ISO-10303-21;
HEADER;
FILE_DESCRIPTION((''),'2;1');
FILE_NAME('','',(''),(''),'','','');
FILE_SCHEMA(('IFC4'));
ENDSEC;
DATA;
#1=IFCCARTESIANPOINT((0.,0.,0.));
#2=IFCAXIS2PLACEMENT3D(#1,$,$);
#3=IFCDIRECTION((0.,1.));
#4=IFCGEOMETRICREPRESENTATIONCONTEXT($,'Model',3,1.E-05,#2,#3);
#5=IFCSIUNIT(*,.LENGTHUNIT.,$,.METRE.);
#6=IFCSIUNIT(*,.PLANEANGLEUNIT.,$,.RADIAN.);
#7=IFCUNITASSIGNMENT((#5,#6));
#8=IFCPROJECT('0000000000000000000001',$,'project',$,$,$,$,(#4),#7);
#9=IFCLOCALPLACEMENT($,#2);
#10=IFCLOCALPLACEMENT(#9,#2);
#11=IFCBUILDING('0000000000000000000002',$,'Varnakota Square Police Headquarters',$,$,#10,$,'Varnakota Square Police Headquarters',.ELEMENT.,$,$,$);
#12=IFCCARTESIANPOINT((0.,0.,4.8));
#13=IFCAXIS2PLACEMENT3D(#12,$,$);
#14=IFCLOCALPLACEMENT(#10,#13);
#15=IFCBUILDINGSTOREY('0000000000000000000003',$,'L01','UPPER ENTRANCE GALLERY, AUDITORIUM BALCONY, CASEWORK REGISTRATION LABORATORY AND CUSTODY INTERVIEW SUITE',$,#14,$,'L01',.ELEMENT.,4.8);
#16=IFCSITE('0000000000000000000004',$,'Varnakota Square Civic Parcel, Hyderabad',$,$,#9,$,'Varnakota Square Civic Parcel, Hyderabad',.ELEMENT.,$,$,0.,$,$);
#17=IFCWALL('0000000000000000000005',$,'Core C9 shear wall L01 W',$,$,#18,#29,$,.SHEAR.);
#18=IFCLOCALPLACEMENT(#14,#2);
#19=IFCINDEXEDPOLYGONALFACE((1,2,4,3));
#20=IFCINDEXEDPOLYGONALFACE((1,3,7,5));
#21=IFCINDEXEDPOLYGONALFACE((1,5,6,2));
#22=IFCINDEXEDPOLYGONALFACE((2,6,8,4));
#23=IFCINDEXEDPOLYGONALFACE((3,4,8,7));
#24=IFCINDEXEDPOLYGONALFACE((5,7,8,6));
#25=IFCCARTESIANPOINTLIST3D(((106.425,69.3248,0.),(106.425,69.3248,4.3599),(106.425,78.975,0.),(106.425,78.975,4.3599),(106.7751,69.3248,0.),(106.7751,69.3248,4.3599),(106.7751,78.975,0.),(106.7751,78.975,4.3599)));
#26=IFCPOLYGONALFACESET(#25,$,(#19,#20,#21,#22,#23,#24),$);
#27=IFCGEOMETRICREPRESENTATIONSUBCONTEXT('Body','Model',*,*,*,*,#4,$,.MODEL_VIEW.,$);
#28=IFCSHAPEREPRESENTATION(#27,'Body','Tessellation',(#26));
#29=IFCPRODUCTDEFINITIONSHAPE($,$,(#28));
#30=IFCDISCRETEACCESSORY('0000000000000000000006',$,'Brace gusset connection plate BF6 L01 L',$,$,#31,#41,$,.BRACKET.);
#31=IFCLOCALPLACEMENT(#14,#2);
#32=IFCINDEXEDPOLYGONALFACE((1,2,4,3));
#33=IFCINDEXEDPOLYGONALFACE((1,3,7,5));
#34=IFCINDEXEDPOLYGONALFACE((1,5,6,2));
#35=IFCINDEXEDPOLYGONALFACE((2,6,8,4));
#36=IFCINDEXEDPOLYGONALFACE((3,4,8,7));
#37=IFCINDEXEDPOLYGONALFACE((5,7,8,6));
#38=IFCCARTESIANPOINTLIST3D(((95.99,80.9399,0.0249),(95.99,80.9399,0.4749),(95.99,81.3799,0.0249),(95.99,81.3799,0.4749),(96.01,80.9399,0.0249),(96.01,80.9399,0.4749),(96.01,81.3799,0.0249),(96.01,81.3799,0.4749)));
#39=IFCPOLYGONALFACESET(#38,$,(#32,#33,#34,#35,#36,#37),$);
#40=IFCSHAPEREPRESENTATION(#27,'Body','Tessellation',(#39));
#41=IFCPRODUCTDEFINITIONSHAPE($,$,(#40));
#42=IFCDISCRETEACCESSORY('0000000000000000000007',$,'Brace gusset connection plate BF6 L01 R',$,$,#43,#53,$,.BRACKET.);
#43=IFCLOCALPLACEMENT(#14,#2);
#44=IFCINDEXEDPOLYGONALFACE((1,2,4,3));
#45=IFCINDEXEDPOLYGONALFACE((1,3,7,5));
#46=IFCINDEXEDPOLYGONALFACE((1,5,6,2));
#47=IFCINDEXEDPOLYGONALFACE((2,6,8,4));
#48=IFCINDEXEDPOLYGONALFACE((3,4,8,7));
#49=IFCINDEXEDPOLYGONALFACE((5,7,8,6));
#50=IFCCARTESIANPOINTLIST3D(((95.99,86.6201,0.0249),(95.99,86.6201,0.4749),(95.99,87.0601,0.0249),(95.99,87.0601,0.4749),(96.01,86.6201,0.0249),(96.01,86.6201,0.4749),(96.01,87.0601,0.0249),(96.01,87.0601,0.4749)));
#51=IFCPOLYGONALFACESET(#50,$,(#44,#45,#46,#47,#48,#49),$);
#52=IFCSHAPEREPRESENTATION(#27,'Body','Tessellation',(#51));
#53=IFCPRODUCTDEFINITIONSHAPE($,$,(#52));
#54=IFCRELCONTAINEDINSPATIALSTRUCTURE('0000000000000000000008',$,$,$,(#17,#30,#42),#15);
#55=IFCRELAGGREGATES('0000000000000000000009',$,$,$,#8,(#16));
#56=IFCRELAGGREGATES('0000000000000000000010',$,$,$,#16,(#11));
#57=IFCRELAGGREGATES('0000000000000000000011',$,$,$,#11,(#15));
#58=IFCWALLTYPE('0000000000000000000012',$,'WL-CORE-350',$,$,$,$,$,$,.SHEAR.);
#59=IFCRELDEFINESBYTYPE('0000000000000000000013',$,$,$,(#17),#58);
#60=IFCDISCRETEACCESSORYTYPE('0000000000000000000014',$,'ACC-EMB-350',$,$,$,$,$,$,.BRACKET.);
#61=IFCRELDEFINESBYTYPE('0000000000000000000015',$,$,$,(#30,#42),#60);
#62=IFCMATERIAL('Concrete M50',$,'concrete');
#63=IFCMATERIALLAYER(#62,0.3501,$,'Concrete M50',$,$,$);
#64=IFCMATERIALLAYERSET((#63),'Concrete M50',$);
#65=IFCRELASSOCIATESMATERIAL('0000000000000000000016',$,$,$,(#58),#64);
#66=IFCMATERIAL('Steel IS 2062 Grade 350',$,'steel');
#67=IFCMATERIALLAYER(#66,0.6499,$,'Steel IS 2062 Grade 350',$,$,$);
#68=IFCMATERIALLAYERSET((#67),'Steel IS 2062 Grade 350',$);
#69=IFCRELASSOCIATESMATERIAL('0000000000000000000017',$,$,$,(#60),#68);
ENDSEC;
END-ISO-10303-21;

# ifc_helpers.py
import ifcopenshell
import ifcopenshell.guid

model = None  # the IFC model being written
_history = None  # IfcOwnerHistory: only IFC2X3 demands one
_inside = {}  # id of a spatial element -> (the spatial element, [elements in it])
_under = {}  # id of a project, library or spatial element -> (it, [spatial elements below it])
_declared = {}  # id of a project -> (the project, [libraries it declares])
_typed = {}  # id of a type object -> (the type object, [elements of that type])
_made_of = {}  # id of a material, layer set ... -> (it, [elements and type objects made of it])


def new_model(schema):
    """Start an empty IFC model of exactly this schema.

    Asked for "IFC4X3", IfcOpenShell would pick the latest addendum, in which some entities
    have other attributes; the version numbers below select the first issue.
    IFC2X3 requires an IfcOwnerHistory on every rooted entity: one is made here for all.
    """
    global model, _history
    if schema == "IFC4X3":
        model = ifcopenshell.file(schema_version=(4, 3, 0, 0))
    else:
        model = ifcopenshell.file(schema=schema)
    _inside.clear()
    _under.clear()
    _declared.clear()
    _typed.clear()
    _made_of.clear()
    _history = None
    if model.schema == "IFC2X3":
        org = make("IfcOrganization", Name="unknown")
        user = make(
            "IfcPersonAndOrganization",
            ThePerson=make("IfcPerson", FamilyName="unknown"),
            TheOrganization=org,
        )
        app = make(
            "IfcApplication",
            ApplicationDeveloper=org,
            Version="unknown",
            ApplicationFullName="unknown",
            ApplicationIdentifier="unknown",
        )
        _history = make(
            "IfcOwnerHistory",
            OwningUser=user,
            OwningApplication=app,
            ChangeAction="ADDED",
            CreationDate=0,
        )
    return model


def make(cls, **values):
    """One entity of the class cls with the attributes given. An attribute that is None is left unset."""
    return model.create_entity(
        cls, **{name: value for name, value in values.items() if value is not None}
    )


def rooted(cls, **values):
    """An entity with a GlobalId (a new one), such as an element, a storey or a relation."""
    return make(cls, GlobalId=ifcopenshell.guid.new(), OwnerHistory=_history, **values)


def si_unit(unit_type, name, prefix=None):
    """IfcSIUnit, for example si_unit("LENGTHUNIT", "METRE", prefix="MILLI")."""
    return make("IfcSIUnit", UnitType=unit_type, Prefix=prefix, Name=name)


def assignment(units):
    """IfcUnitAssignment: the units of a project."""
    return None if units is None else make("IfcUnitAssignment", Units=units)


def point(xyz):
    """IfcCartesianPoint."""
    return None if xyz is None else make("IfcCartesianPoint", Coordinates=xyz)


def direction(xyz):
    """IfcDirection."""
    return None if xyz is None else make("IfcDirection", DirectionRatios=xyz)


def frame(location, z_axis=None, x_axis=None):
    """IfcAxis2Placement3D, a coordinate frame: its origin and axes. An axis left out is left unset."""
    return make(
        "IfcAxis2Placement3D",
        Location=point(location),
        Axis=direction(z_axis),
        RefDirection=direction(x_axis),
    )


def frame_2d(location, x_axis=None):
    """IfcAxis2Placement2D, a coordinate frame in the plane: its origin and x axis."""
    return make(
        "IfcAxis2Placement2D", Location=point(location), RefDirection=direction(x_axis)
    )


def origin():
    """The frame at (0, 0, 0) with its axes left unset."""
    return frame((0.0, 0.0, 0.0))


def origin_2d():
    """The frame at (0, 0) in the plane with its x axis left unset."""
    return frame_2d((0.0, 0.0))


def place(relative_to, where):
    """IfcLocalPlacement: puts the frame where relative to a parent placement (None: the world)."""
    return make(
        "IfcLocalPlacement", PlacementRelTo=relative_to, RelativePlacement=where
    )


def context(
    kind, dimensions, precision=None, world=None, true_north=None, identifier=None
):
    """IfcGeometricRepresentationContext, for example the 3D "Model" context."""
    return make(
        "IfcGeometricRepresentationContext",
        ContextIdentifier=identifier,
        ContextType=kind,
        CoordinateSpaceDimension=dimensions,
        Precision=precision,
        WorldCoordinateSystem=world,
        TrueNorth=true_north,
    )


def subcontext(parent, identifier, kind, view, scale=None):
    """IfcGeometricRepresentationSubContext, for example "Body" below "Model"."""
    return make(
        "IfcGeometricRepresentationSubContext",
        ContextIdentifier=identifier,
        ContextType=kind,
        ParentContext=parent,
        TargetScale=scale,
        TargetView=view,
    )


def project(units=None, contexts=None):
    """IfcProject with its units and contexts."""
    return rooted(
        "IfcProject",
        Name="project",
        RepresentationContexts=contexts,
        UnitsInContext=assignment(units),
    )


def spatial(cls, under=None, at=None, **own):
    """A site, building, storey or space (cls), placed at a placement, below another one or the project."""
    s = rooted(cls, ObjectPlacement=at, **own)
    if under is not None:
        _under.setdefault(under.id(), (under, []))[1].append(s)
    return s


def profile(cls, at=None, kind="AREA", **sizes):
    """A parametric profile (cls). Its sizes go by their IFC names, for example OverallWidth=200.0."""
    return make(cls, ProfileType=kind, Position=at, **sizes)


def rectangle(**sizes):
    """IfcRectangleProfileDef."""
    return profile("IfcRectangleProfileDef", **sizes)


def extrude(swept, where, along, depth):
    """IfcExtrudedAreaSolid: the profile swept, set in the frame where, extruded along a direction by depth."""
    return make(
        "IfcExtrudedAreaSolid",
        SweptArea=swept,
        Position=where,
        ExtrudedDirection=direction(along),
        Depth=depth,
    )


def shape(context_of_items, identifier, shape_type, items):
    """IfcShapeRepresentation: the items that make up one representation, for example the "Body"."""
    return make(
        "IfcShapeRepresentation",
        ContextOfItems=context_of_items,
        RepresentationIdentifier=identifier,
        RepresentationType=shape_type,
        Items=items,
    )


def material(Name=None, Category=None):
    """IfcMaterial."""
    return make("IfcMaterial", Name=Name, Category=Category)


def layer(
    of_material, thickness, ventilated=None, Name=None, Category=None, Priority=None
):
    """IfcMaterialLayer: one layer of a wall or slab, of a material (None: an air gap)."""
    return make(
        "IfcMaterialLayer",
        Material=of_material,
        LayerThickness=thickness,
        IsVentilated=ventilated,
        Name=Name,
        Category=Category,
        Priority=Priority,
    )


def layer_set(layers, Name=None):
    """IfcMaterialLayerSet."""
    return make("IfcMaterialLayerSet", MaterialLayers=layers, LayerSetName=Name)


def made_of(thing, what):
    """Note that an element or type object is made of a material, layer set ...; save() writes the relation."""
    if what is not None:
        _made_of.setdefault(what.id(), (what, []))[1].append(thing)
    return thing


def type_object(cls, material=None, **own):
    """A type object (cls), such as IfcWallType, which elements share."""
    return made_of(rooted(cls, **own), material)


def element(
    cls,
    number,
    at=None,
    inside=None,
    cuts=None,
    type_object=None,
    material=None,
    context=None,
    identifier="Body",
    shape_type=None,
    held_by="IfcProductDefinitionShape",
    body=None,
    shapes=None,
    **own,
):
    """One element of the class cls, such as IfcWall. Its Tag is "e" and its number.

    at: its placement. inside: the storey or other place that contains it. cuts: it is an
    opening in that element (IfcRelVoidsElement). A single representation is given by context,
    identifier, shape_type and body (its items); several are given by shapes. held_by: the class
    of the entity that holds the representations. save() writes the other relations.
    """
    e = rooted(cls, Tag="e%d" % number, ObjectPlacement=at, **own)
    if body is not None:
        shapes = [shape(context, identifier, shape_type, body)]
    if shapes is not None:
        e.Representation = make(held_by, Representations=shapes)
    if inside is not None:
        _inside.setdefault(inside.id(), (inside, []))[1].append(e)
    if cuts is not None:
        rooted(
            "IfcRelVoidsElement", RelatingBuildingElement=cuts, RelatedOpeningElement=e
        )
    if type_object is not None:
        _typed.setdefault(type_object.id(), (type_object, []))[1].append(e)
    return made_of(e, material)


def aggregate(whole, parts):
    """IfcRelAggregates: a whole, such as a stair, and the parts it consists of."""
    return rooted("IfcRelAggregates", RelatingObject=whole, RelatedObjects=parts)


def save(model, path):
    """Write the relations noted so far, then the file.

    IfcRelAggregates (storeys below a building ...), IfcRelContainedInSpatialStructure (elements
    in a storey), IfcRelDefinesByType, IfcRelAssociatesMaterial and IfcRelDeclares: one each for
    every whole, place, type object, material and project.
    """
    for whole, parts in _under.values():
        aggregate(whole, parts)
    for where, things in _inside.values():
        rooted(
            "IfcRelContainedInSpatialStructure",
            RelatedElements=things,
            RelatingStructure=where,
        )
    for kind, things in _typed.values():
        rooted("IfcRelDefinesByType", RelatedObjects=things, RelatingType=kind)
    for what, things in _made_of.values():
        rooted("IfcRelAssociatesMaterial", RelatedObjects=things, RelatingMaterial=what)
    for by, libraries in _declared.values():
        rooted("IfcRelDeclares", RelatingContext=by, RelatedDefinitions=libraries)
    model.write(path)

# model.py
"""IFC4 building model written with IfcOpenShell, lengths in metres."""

from ifc_helpers import new_model, si_unit, direction, frame, frame_2d, origin, origin_2d, place, context, subcontext, project, spatial, rectangle, extrude, material, layer, layer_set, type_object, element, save


model = new_model("IFC4")

# Units and contexts
model_context = context("Model", 3, precision=1e-05, world=origin(), true_north=direction((0.0, 1.0)))
body_context = subcontext(model_context, "Body", "Model", "MODEL_VIEW")
ifc_project = project(units=[si_unit("LENGTHUNIT", "METRE"), si_unit("PLANEANGLEUNIT", "RADIAN")], contexts=[model_context])

# Site, building, storey
site_placement = place(None, origin())
site = spatial("IfcSite", under=ifc_project, at=site_placement, Name="Varnakota Square Civic Parcel, Hyderabad", LongName="Varnakota Square Civic Parcel, Hyderabad", CompositionType="ELEMENT", RefElevation=0.0)
building_placement = place(site_placement, origin())
building = spatial("IfcBuilding", under=site, at=building_placement, Name="Varnakota Square Police Headquarters", LongName="Varnakota Square Police Headquarters", CompositionType="ELEMENT")
storey_placement = place(building_placement, frame((0.0, 0.0, 4.8)))
storey = spatial("IfcBuildingStorey", under=building, at=storey_placement, Name="L01", Description="UPPER ENTRANCE GALLERY, AUDITORIUM BALCONY, CASEWORK REGISTRATION LABORATORY AND CUSTODY INTERVIEW SUITE", LongName="L01", CompositionType="ELEMENT", Elevation=4.8)

# Shared definitions
ifc_material_1 = material(Name="Steel IS 2062 Grade 350", Category="steel")

# Wall
ifc_material_2 = material(Name="Concrete M50", Category="concrete")
ifc_layer_1 = layer(ifc_material_2, 0.3501, Name="Concrete M50")
ifc_layer_set_1 = layer_set([ifc_layer_1], Name="Concrete M50")
wall_type = type_object("IfcWallType", Name="WL-CORE-350", PredefinedType="SHEAR", material=ifc_layer_set_1)
wall_placement = place(storey_placement, frame((106.6001, 78.9751, 0.0), z_axis=(0.0, 0.0, 1.0), x_axis=(0.0, -1.0, 0.0)))
element("IfcWall", 1, at=wall_placement, inside=storey, type_object=wall_type, Name="Core C9 shear wall L01 W", PredefinedType="SHEAR", context=body_context, shape_type="SweptSolid", body=[
    extrude(rectangle(XDim=9.6501, YDim=0.3501, at=frame_2d((4.8252, 0.0))), origin(), (0.0, 0.0, 1.0), 4.3599),
])

# Discrete accessories
ifc_layer_2 = layer(ifc_material_1, 0.6499, Name="Steel IS 2062 Grade 350")
ifc_layer_set_2 = layer_set([ifc_layer_2], Name="Steel IS 2062 Grade 350")
discrete_accessory_type = type_object("IfcDiscreteAccessoryType", Name="ACC-EMB-350", PredefinedType="BRACKET", material=ifc_layer_set_2)
for number, where, z_axis, x_axis, name in (
    (2, (96.0, 81.1599, 0.0249), (0.0, 0.0, 1.0), (0.0, 1.0, 0.0), "Brace gusset connection plate BF6 L01 L"),
    (3, (96.0, 86.8401, 0.0249), (0.0, 0.0, 1.0), (0.0, 1.0, 0.0), "Brace gusset connection plate BF6 L01 R"),
):
    element("IfcDiscreteAccessory", number, at=place(storey_placement, frame(where, z_axis=z_axis, x_axis=x_axis)), inside=storey, type_object=discrete_accessory_type, Name=name, PredefinedType="BRACKET", context=body_context, shape_type="SweptSolid", body=[
        extrude(rectangle(XDim=0.4399, YDim=0.02, at=origin_2d()), origin(), (0.0, 0.0, 1.0), 0.45),
    ])

save(model, "model.ifc")
